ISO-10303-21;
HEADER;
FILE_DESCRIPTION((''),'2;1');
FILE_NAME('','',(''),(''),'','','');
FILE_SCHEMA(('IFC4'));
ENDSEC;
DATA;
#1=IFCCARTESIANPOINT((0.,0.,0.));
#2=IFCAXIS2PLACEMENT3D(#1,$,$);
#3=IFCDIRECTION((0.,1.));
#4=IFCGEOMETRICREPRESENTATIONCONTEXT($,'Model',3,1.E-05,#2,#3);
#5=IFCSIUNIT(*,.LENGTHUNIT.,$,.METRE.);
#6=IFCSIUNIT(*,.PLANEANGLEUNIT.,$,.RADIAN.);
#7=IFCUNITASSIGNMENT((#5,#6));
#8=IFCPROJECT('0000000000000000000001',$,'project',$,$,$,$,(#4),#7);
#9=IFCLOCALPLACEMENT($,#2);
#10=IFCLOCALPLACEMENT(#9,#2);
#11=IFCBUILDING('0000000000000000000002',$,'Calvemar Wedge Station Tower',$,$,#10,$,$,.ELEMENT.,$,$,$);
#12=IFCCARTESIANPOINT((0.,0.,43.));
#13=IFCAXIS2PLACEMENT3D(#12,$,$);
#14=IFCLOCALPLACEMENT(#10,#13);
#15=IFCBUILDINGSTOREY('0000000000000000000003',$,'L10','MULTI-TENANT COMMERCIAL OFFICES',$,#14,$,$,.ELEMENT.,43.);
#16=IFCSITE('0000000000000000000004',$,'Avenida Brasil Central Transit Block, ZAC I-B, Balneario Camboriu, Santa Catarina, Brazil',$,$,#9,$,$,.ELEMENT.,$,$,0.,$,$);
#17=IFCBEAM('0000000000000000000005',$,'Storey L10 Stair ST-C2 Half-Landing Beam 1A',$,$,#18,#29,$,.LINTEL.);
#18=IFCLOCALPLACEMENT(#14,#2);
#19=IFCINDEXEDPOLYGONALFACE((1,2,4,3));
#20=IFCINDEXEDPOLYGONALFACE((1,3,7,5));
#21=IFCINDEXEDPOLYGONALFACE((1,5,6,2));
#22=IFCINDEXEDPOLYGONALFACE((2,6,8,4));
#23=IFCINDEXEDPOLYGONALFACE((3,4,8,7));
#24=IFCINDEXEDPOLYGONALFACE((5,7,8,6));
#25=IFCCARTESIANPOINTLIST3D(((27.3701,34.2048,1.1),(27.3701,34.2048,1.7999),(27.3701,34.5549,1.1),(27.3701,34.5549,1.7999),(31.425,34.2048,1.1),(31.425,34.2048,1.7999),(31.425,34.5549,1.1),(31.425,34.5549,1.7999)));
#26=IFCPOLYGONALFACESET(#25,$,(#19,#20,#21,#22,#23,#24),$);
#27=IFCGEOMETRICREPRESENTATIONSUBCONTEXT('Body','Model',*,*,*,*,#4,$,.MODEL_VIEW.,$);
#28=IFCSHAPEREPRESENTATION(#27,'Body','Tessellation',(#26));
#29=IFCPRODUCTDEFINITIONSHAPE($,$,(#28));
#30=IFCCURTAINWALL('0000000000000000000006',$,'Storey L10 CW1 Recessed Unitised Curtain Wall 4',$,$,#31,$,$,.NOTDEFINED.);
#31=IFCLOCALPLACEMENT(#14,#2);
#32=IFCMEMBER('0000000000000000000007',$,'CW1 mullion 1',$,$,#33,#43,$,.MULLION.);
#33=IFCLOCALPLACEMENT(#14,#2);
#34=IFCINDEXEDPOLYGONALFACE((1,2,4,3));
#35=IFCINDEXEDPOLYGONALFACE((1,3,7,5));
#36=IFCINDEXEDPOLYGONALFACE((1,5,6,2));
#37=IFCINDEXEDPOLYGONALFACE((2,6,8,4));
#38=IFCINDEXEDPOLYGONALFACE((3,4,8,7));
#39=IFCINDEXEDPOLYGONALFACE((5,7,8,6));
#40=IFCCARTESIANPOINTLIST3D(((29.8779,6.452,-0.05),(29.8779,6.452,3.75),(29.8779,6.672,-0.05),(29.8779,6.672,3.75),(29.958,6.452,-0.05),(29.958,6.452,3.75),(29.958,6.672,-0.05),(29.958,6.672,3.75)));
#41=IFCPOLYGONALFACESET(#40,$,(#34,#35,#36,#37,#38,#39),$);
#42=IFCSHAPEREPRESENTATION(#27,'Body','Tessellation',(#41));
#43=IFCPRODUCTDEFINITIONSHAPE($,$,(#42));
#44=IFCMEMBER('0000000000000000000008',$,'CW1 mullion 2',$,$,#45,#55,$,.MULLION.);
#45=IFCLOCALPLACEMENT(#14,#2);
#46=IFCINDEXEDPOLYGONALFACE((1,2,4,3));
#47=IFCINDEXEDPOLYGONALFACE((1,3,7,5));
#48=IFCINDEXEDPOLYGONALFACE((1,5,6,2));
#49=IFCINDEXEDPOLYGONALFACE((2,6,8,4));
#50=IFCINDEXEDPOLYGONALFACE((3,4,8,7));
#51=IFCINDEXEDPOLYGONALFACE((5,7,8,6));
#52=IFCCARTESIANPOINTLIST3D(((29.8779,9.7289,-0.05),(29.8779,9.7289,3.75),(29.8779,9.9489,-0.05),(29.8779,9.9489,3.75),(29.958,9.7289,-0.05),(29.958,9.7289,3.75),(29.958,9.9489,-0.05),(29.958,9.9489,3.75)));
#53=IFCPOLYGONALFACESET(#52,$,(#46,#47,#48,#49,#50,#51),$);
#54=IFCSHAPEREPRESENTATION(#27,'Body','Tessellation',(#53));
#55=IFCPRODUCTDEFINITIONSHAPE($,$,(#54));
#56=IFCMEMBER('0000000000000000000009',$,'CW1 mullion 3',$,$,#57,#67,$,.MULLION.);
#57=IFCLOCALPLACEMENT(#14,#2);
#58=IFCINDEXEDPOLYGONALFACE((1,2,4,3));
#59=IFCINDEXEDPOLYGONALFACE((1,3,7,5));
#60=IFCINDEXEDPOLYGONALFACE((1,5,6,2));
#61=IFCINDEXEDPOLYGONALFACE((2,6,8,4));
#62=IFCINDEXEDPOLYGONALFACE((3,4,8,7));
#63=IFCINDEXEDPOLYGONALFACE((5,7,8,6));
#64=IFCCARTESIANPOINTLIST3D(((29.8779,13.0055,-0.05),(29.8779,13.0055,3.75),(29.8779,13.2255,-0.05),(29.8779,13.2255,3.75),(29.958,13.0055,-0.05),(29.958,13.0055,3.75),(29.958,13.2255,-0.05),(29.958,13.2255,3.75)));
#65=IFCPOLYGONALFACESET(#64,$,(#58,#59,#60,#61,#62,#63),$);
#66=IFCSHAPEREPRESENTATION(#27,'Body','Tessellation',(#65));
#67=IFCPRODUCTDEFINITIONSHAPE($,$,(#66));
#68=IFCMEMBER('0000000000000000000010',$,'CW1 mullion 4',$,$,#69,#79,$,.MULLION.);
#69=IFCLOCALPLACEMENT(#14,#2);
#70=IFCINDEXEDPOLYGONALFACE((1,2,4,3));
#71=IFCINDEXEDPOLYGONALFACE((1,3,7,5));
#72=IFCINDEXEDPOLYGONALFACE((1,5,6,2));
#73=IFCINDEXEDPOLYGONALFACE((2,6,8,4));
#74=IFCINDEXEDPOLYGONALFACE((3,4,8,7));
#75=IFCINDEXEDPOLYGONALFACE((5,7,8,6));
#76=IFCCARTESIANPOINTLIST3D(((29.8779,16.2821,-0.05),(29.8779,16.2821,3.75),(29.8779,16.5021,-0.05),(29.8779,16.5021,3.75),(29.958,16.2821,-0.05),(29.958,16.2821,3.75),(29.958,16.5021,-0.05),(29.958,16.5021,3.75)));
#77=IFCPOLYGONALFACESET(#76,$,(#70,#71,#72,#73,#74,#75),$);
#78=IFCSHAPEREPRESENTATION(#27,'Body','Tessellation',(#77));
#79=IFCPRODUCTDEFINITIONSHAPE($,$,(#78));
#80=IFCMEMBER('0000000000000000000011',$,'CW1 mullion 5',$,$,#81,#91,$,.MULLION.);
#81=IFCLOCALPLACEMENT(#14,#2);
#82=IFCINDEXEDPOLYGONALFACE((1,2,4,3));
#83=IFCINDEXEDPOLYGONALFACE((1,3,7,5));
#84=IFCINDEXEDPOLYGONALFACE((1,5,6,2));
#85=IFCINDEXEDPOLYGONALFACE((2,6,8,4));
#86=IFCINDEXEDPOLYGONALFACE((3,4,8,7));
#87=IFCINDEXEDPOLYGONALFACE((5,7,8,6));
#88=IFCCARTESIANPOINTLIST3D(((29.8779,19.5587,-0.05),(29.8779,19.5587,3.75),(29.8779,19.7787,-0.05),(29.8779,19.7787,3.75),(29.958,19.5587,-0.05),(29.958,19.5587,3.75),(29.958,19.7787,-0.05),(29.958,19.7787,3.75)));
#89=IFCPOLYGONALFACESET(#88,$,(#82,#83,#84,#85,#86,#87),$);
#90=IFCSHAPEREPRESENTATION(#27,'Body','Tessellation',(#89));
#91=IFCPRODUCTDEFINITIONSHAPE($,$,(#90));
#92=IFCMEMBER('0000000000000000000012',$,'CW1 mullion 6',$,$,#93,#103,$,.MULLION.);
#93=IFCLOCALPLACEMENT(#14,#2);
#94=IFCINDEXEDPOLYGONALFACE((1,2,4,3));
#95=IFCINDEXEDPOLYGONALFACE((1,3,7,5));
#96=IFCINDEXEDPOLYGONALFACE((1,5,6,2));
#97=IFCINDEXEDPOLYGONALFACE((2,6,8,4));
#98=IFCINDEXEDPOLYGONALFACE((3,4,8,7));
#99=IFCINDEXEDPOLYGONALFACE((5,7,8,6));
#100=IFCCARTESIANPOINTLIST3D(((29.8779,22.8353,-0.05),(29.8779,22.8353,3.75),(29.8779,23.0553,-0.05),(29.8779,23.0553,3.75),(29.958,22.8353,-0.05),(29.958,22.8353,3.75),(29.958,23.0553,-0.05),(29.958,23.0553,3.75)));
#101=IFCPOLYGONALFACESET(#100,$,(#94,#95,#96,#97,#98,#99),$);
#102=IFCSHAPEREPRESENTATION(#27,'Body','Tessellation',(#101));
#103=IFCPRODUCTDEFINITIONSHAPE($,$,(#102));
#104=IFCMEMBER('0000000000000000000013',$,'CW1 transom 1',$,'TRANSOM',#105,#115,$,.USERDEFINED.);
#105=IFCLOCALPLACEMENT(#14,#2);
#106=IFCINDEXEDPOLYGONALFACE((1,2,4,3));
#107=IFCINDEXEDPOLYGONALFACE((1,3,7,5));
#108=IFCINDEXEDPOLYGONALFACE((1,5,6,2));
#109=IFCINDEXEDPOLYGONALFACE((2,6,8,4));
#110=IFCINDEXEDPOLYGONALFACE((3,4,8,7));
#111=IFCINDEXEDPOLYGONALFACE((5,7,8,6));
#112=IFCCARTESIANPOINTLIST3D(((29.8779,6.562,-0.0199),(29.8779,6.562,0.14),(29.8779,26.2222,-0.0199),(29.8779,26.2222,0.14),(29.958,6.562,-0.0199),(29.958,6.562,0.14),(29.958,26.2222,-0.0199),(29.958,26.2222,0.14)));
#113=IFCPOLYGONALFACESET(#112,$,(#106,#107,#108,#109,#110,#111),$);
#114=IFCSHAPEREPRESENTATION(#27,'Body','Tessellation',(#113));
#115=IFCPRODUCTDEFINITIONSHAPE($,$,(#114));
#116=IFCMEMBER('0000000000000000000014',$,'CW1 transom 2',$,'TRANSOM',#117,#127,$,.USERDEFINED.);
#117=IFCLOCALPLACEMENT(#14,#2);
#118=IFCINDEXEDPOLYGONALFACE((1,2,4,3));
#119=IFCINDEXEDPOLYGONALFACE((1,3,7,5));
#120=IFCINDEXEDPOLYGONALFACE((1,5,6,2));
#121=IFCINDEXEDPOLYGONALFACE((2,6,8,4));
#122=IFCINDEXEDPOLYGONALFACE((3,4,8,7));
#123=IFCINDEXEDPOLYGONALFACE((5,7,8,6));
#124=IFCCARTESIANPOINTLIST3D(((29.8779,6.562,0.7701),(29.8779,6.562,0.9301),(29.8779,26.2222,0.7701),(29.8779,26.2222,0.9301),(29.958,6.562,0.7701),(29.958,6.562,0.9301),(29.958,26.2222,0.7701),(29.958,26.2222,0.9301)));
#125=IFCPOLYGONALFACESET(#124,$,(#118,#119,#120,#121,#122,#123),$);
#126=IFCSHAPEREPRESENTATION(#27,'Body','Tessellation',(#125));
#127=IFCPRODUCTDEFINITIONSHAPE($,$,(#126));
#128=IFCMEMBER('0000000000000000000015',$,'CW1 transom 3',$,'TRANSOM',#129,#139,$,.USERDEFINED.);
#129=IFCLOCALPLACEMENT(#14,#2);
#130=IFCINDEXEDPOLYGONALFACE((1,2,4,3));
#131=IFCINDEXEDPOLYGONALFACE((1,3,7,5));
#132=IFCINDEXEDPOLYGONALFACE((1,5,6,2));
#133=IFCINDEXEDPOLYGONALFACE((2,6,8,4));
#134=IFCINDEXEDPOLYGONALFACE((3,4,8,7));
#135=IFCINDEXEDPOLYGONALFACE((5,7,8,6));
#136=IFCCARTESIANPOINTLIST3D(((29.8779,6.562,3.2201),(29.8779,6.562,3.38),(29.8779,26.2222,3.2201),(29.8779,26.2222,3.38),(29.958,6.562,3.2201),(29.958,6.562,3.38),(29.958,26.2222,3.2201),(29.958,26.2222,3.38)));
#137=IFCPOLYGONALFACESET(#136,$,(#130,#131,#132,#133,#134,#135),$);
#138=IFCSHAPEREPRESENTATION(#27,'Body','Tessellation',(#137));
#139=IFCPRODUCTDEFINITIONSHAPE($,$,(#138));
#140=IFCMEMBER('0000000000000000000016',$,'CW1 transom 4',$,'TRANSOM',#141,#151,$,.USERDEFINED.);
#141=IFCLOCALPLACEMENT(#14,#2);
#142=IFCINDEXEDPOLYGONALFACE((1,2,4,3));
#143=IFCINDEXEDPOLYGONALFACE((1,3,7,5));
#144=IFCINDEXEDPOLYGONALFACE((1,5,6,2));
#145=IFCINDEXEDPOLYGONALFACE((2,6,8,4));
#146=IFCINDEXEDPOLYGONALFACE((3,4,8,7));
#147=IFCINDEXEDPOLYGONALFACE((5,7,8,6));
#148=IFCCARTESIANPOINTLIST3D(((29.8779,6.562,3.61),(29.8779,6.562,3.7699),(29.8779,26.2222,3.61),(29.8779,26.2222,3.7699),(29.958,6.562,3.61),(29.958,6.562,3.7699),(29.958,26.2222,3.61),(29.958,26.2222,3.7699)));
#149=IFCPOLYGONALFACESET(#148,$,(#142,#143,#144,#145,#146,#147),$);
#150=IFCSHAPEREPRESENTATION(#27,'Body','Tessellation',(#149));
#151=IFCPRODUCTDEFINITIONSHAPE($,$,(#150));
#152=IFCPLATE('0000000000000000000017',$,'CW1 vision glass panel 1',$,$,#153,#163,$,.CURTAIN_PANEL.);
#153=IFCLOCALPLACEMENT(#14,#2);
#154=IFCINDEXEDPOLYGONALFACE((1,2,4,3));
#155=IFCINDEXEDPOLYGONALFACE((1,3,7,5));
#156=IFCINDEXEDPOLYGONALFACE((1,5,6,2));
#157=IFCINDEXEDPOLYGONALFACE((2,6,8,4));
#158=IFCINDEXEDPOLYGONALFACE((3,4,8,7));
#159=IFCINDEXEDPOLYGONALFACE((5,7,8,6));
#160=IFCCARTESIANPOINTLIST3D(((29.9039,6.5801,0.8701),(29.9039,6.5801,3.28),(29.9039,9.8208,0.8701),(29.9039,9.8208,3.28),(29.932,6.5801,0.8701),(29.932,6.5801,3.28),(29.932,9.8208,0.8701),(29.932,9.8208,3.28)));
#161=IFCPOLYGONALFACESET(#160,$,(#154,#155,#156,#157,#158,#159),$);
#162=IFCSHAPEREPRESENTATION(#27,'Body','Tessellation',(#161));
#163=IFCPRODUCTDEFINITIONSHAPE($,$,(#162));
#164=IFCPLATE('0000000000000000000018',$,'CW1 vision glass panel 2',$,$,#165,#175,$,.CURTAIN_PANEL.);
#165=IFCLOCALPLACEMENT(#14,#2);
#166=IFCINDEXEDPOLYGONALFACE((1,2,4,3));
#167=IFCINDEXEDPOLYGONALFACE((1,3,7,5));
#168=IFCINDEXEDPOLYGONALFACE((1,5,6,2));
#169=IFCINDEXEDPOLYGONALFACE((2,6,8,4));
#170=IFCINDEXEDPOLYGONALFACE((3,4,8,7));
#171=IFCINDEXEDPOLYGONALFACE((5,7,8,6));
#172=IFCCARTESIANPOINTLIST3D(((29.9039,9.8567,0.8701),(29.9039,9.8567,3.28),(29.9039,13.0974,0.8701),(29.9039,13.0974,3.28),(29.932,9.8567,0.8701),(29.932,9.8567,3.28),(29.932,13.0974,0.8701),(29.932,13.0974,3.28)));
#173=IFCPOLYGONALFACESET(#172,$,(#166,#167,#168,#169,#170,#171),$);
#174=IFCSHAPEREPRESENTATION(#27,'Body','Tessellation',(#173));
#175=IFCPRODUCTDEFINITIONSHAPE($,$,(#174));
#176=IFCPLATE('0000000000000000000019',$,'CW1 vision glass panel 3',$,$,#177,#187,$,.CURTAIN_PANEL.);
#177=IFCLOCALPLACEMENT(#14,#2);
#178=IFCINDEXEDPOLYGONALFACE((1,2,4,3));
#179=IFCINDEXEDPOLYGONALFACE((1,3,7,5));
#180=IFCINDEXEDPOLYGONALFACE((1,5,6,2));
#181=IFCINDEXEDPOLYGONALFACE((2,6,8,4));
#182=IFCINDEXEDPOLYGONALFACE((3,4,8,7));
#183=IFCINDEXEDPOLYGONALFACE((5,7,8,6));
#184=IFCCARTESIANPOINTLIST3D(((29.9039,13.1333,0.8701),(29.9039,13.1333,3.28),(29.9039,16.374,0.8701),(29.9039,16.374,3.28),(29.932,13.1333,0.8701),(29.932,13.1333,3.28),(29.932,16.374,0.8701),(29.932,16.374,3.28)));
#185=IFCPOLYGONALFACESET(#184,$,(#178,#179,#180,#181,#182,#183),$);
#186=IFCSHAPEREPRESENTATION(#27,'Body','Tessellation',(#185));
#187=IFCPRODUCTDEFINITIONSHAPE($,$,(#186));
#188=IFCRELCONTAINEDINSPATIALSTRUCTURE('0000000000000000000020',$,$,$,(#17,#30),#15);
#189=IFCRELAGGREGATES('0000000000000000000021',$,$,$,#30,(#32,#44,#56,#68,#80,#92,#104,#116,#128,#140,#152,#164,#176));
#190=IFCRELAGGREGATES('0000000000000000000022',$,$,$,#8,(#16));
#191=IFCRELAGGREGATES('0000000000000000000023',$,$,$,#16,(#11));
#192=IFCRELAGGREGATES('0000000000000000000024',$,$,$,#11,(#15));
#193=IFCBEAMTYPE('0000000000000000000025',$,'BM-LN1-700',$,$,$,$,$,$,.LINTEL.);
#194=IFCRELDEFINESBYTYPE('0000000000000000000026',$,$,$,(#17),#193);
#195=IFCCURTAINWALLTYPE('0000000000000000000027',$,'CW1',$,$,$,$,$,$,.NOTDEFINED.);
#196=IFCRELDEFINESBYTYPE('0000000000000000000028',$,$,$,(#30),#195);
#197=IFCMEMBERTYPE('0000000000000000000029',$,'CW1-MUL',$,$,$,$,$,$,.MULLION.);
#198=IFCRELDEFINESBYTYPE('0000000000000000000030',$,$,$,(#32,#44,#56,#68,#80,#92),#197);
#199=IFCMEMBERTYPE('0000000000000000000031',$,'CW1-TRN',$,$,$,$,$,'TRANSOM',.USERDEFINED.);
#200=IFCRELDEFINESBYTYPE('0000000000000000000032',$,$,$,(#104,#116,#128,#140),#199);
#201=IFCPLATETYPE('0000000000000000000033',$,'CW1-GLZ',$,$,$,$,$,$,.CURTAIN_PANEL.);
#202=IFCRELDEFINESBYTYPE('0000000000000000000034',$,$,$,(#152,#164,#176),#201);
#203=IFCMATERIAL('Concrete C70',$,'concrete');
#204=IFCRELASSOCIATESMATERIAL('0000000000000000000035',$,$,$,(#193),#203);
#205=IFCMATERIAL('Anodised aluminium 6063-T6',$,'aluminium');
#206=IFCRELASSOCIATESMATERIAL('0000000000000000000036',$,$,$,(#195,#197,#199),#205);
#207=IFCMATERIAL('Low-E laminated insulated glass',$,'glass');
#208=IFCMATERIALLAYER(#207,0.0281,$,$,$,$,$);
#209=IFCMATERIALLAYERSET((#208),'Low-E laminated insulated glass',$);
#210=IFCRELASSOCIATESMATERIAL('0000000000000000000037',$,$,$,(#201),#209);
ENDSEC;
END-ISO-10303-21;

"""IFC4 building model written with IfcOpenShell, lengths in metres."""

from ifc_helpers import new_model, si_unit, direction, frame, frame_2d, origin, origin_2d, place, context, subcontext, project, spatial, rectangle, extrude, source, transform, mapped, material, layer, layer_set, material_profile, profile_set, type_object, element, aggregate, save


model = new_model("IFC4")

# Units and contexts
model_context = context("Model", 3, precision=1e-05, world=origin(), true_north=direction((0.0, 1.0)))
body_context = subcontext(model_context, "Body", "Model", "MODEL_VIEW")
ifc_project = project(units=[si_unit("LENGTHUNIT", "METRE"), si_unit("PLANEANGLEUNIT", "RADIAN")], contexts=[model_context])

# Site, building, storey
site_placement = place(None, origin())
site = spatial("IfcSite", under=ifc_project, at=site_placement, Name="Avenida Brasil Central Transit Block, ZAC I-B, Balneario Camboriu, Santa Catarina, Brazil", CompositionType="ELEMENT", RefElevation=0.0)
building_placement = place(site_placement, origin())
building = spatial("IfcBuilding", under=site, at=building_placement, Name="Calvemar Wedge Station Tower", CompositionType="ELEMENT")
storey_placement = place(building_placement, frame((0.0, 0.0, 43.0)))
storey = spatial("IfcBuildingStorey", under=building, at=storey_placement, Name="L10", Description="MULTI-TENANT COMMERCIAL OFFICES", CompositionType="ELEMENT", Elevation=43.0)

# Beam
ifc_material_1 = material(Name="Concrete C70", Category="concrete")
ifc_material_profile_1 = material_profile(ifc_material_1, rectangle(XDim=0.3501, YDim=0.7, at=origin_2d()), Name="RC350x700")
ifc_profile_set_1 = profile_set([ifc_material_profile_1], Name="Concrete C70")
beam_type = type_object("IfcBeamType", Name="BM-LN1-700", PredefinedType="LINTEL", material=ifc_profile_set_1)
shared_shape_1 = source(origin(), body_context, "Body", "SweptSolid", [
    extrude(rectangle(XDim=0.3501, YDim=0.7, at=origin_2d()), origin(), (0.0, 0.0, 1.0), 4.0549),
])
beam_placement = place(storey_placement, frame((27.3701, 34.3799, 1.45), z_axis=(1.0, 0.0, 0.0), x_axis=(0.0, 1.0, 0.0)))
element("IfcBeam", 1, at=beam_placement, inside=storey, type_object=beam_type, Name="Storey L10 Stair ST-C2 Half-Landing Beam 1A", PredefinedType="LINTEL", context=body_context, shape_type="MappedRepresentation", body=[
    mapped(shared_shape_1, transform((0.0, 0.0, 0.0), scale=1.0)),
])

# Curtain wall, members, plates
ifc_material_2 = material(Name="Anodised aluminium 6063-T6", Category="aluminium")
curtain_wall_type = type_object("IfcCurtainWallType", Name="CW1", PredefinedType="NOTDEFINED", material=ifc_material_2)
curtain_wall_placement = place(storey_placement, origin())
curtain_wall = element("IfcCurtainWall", 2, at=curtain_wall_placement, inside=storey, type_object=curtain_wall_type, Name="Storey L10 CW1 Recessed Unitised Curtain Wall 4", PredefinedType="NOTDEFINED")
ifc_material_profile_2 = material_profile(ifc_material_2, rectangle(XDim=0.0801, YDim=0.22, at=origin_2d()), Name="AL-MUL-80x220")
ifc_profile_set_2 = profile_set([ifc_material_profile_2], Name="Anodised aluminium 6063-T6")
member_type_1 = type_object("IfcMemberType", Name="CW1-MUL", PredefinedType="MULLION", material=ifc_profile_set_2)
shared_shape_2 = source(origin(), body_context, "Body", "SweptSolid", [
    extrude(rectangle(XDim=0.0801, YDim=0.22, at=origin_2d()), origin(), (0.0, 0.0, 1.0), 3.8),
])
member_1_placement = place(storey_placement, frame((29.918, 6.562, -0.05), z_axis=(0.0, 0.0, 1.0), x_axis=(1.0, 0.0, 0.0)))
member_1 = element("IfcMember", 3, at=member_1_placement, type_object=member_type_1, Name="CW1 mullion 1", PredefinedType="MULLION", context=body_context, shape_type="MappedRepresentation", body=[
    mapped(shared_shape_2, transform((0.0, 0.0, 0.0), scale=1.0)),
])
member_2_placement = place(storey_placement, frame((29.918, 9.8389, -0.05), z_axis=(0.0, 0.0, 1.0), x_axis=(1.0, 0.0, 0.0)))
member_2 = element("IfcMember", 4, at=member_2_placement, type_object=member_type_1, Name="CW1 mullion 2", PredefinedType="MULLION", context=body_context, shape_type="MappedRepresentation", body=[
    mapped(shared_shape_2, transform((0.0, 0.0, 0.0), scale=1.0)),
])
member_3_placement = place(storey_placement, frame((29.918, 13.1155, -0.05), z_axis=(0.0, 0.0, 1.0), x_axis=(1.0, 0.0, 0.0)))
member_3 = element("IfcMember", 5, at=member_3_placement, type_object=member_type_1, Name="CW1 mullion 3", PredefinedType="MULLION", context=body_context, shape_type="MappedRepresentation", body=[
    mapped(shared_shape_2, transform((0.0, 0.0, 0.0), scale=1.0)),
])
member_4_placement = place(storey_placement, frame((29.918, 16.3921, -0.05), z_axis=(0.0, 0.0, 1.0), x_axis=(1.0, 0.0, 0.0)))
member_4 = element("IfcMember", 6, at=member_4_placement, type_object=member_type_1, Name="CW1 mullion 4", PredefinedType="MULLION", context=body_context, shape_type="MappedRepresentation", body=[
    mapped(shared_shape_2, transform((0.0, 0.0, 0.0), scale=1.0)),
])
member_5_placement = place(storey_placement, frame((29.918, 19.6687, -0.05), z_axis=(0.0, 0.0, 1.0), x_axis=(1.0, 0.0, 0.0)))
member_5 = element("IfcMember", 7, at=member_5_placement, type_object=member_type_1, Name="CW1 mullion 5", PredefinedType="MULLION", context=body_context, shape_type="MappedRepresentation", body=[
    mapped(shared_shape_2, transform((0.0, 0.0, 0.0), scale=1.0)),
])
member_6_placement = place(storey_placement, frame((29.918, 22.9453, -0.05), z_axis=(0.0, 0.0, 1.0), x_axis=(1.0, 0.0, 0.0)))
member_6 = element("IfcMember", 8, at=member_6_placement, type_object=member_type_1, Name="CW1 mullion 6", PredefinedType="MULLION", context=body_context, shape_type="MappedRepresentation", body=[
    mapped(shared_shape_2, transform((0.0, 0.0, 0.0), scale=1.0)),
])
ifc_material_profile_3 = material_profile(ifc_material_2, rectangle(XDim=0.0801, YDim=0.1599, at=origin_2d()), Name="AL-TRN-80x160")
ifc_profile_set_3 = profile_set([ifc_material_profile_3], Name="Anodised aluminium 6063-T6")
member_type_2 = type_object("IfcMemberType", Name="CW1-TRN", ElementType="TRANSOM", PredefinedType="USERDEFINED", material=ifc_profile_set_3)
shared_shape_3 = source(origin(), body_context, "Body", "SweptSolid", [
    extrude(rectangle(XDim=0.0801, YDim=0.1599, at=origin_2d()), origin(), (0.0, 0.0, 1.0), 19.6602),
])
member_7_placement = place(storey_placement, frame((29.918, 6.562, 0.0601), z_axis=(0.0, 1.0, 0.0), x_axis=(-1.0, 0.0, 0.0)))
member_7 = element("IfcMember", 9, at=member_7_placement, type_object=member_type_2, Name="CW1 transom 1", ObjectType="TRANSOM", PredefinedType="USERDEFINED", context=body_context, shape_type="MappedRepresentation", body=[
    mapped(shared_shape_3, transform((0.0, 0.0, 0.0), scale=1.0)),
])
member_8_placement = place(storey_placement, frame((29.918, 6.562, 0.8501), z_axis=(0.0, 1.0, 0.0), x_axis=(-1.0, 0.0, 0.0)))
member_8 = element("IfcMember", 10, at=member_8_placement, type_object=member_type_2, Name="CW1 transom 2", ObjectType="TRANSOM", PredefinedType="USERDEFINED", context=body_context, shape_type="MappedRepresentation", body=[
    mapped(shared_shape_3, transform((0.0, 0.0, 0.0), scale=1.0)),
])
member_9_placement = place(storey_placement, frame((29.918, 6.562, 3.3), z_axis=(0.0, 1.0, 0.0), x_axis=(-1.0, 0.0, 0.0)))
member_9 = element("IfcMember", 11, at=member_9_placement, type_object=member_type_2, Name="CW1 transom 3", ObjectType="TRANSOM", PredefinedType="USERDEFINED", context=body_context, shape_type="MappedRepresentation", body=[
    mapped(shared_shape_3, transform((0.0, 0.0, 0.0), scale=1.0)),
])
member_10_placement = place(storey_placement, frame((29.918, 6.562, 3.6899), z_axis=(0.0, 1.0, 0.0), x_axis=(-1.0, 0.0, 0.0)))
member_10 = element("IfcMember", 12, at=member_10_placement, type_object=member_type_2, Name="CW1 transom 4", ObjectType="TRANSOM", PredefinedType="USERDEFINED", context=body_context, shape_type="MappedRepresentation", body=[
    mapped(shared_shape_3, transform((0.0, 0.0, 0.0), scale=1.0)),
])
ifc_material_3 = material(Name="Low-E laminated insulated glass", Category="glass")
ifc_layer_1 = layer(ifc_material_3, 0.0281)
ifc_layer_set_1 = layer_set([ifc_layer_1], Name="Low-E laminated insulated glass")
plate_type_1 = type_object("IfcPlateType", Name="CW1-GLZ", PredefinedType="CURTAIN_PANEL", material=ifc_layer_set_1)
plate_1_placement = place(storey_placement, frame((29.918, 6.5801, 0.8701), z_axis=(0.0, 0.0, 1.0), x_axis=(0.0, 1.0, 0.0)))
plate_1 = element("IfcPlate", 13, at=plate_1_placement, type_object=plate_type_1, Name="CW1 vision glass panel 1", PredefinedType="CURTAIN_PANEL", context=body_context, shape_type="SweptSolid", body=[
    extrude(rectangle(XDim=3.2407, YDim=0.0281, at=frame_2d((1.6204, 0.0))), origin(), (0.0, 0.0, 1.0), 2.4099),
])
plate_2_placement = place(storey_placement, frame((29.918, 9.8567, 0.8701), z_axis=(0.0, 0.0, 1.0), x_axis=(0.0, 1.0, 0.0)))
plate_2 = element("IfcPlate", 14, at=plate_2_placement, type_object=plate_type_1, Name="CW1 vision glass panel 2", PredefinedType="CURTAIN_PANEL", context=body_context, shape_type="SweptSolid", body=[
    extrude(rectangle(XDim=3.2407, YDim=0.0281, at=frame_2d((1.6204, 0.0))), origin(), (0.0, 0.0, 1.0), 2.4099),
])
plate_3_placement = place(storey_placement, frame((29.918, 13.1333, 0.8701), z_axis=(0.0, 0.0, 1.0), x_axis=(0.0, 1.0, 0.0)))
plate_3 = element("IfcPlate", 15, at=plate_3_placement, type_object=plate_type_1, Name="CW1 vision glass panel 3", PredefinedType="CURTAIN_PANEL", context=body_context, shape_type="SweptSolid", body=[
    extrude(rectangle(XDim=3.2407, YDim=0.0281, at=frame_2d((1.6204, 0.0))), origin(), (0.0, 0.0, 1.0), 2.4099),
])
aggregate(curtain_wall, [member_1, member_2, member_3, member_4, member_5, member_6, member_7, member_8, member_9, member_10, plate_1, plate_2, plate_3])

save(model, "model.ifc")
